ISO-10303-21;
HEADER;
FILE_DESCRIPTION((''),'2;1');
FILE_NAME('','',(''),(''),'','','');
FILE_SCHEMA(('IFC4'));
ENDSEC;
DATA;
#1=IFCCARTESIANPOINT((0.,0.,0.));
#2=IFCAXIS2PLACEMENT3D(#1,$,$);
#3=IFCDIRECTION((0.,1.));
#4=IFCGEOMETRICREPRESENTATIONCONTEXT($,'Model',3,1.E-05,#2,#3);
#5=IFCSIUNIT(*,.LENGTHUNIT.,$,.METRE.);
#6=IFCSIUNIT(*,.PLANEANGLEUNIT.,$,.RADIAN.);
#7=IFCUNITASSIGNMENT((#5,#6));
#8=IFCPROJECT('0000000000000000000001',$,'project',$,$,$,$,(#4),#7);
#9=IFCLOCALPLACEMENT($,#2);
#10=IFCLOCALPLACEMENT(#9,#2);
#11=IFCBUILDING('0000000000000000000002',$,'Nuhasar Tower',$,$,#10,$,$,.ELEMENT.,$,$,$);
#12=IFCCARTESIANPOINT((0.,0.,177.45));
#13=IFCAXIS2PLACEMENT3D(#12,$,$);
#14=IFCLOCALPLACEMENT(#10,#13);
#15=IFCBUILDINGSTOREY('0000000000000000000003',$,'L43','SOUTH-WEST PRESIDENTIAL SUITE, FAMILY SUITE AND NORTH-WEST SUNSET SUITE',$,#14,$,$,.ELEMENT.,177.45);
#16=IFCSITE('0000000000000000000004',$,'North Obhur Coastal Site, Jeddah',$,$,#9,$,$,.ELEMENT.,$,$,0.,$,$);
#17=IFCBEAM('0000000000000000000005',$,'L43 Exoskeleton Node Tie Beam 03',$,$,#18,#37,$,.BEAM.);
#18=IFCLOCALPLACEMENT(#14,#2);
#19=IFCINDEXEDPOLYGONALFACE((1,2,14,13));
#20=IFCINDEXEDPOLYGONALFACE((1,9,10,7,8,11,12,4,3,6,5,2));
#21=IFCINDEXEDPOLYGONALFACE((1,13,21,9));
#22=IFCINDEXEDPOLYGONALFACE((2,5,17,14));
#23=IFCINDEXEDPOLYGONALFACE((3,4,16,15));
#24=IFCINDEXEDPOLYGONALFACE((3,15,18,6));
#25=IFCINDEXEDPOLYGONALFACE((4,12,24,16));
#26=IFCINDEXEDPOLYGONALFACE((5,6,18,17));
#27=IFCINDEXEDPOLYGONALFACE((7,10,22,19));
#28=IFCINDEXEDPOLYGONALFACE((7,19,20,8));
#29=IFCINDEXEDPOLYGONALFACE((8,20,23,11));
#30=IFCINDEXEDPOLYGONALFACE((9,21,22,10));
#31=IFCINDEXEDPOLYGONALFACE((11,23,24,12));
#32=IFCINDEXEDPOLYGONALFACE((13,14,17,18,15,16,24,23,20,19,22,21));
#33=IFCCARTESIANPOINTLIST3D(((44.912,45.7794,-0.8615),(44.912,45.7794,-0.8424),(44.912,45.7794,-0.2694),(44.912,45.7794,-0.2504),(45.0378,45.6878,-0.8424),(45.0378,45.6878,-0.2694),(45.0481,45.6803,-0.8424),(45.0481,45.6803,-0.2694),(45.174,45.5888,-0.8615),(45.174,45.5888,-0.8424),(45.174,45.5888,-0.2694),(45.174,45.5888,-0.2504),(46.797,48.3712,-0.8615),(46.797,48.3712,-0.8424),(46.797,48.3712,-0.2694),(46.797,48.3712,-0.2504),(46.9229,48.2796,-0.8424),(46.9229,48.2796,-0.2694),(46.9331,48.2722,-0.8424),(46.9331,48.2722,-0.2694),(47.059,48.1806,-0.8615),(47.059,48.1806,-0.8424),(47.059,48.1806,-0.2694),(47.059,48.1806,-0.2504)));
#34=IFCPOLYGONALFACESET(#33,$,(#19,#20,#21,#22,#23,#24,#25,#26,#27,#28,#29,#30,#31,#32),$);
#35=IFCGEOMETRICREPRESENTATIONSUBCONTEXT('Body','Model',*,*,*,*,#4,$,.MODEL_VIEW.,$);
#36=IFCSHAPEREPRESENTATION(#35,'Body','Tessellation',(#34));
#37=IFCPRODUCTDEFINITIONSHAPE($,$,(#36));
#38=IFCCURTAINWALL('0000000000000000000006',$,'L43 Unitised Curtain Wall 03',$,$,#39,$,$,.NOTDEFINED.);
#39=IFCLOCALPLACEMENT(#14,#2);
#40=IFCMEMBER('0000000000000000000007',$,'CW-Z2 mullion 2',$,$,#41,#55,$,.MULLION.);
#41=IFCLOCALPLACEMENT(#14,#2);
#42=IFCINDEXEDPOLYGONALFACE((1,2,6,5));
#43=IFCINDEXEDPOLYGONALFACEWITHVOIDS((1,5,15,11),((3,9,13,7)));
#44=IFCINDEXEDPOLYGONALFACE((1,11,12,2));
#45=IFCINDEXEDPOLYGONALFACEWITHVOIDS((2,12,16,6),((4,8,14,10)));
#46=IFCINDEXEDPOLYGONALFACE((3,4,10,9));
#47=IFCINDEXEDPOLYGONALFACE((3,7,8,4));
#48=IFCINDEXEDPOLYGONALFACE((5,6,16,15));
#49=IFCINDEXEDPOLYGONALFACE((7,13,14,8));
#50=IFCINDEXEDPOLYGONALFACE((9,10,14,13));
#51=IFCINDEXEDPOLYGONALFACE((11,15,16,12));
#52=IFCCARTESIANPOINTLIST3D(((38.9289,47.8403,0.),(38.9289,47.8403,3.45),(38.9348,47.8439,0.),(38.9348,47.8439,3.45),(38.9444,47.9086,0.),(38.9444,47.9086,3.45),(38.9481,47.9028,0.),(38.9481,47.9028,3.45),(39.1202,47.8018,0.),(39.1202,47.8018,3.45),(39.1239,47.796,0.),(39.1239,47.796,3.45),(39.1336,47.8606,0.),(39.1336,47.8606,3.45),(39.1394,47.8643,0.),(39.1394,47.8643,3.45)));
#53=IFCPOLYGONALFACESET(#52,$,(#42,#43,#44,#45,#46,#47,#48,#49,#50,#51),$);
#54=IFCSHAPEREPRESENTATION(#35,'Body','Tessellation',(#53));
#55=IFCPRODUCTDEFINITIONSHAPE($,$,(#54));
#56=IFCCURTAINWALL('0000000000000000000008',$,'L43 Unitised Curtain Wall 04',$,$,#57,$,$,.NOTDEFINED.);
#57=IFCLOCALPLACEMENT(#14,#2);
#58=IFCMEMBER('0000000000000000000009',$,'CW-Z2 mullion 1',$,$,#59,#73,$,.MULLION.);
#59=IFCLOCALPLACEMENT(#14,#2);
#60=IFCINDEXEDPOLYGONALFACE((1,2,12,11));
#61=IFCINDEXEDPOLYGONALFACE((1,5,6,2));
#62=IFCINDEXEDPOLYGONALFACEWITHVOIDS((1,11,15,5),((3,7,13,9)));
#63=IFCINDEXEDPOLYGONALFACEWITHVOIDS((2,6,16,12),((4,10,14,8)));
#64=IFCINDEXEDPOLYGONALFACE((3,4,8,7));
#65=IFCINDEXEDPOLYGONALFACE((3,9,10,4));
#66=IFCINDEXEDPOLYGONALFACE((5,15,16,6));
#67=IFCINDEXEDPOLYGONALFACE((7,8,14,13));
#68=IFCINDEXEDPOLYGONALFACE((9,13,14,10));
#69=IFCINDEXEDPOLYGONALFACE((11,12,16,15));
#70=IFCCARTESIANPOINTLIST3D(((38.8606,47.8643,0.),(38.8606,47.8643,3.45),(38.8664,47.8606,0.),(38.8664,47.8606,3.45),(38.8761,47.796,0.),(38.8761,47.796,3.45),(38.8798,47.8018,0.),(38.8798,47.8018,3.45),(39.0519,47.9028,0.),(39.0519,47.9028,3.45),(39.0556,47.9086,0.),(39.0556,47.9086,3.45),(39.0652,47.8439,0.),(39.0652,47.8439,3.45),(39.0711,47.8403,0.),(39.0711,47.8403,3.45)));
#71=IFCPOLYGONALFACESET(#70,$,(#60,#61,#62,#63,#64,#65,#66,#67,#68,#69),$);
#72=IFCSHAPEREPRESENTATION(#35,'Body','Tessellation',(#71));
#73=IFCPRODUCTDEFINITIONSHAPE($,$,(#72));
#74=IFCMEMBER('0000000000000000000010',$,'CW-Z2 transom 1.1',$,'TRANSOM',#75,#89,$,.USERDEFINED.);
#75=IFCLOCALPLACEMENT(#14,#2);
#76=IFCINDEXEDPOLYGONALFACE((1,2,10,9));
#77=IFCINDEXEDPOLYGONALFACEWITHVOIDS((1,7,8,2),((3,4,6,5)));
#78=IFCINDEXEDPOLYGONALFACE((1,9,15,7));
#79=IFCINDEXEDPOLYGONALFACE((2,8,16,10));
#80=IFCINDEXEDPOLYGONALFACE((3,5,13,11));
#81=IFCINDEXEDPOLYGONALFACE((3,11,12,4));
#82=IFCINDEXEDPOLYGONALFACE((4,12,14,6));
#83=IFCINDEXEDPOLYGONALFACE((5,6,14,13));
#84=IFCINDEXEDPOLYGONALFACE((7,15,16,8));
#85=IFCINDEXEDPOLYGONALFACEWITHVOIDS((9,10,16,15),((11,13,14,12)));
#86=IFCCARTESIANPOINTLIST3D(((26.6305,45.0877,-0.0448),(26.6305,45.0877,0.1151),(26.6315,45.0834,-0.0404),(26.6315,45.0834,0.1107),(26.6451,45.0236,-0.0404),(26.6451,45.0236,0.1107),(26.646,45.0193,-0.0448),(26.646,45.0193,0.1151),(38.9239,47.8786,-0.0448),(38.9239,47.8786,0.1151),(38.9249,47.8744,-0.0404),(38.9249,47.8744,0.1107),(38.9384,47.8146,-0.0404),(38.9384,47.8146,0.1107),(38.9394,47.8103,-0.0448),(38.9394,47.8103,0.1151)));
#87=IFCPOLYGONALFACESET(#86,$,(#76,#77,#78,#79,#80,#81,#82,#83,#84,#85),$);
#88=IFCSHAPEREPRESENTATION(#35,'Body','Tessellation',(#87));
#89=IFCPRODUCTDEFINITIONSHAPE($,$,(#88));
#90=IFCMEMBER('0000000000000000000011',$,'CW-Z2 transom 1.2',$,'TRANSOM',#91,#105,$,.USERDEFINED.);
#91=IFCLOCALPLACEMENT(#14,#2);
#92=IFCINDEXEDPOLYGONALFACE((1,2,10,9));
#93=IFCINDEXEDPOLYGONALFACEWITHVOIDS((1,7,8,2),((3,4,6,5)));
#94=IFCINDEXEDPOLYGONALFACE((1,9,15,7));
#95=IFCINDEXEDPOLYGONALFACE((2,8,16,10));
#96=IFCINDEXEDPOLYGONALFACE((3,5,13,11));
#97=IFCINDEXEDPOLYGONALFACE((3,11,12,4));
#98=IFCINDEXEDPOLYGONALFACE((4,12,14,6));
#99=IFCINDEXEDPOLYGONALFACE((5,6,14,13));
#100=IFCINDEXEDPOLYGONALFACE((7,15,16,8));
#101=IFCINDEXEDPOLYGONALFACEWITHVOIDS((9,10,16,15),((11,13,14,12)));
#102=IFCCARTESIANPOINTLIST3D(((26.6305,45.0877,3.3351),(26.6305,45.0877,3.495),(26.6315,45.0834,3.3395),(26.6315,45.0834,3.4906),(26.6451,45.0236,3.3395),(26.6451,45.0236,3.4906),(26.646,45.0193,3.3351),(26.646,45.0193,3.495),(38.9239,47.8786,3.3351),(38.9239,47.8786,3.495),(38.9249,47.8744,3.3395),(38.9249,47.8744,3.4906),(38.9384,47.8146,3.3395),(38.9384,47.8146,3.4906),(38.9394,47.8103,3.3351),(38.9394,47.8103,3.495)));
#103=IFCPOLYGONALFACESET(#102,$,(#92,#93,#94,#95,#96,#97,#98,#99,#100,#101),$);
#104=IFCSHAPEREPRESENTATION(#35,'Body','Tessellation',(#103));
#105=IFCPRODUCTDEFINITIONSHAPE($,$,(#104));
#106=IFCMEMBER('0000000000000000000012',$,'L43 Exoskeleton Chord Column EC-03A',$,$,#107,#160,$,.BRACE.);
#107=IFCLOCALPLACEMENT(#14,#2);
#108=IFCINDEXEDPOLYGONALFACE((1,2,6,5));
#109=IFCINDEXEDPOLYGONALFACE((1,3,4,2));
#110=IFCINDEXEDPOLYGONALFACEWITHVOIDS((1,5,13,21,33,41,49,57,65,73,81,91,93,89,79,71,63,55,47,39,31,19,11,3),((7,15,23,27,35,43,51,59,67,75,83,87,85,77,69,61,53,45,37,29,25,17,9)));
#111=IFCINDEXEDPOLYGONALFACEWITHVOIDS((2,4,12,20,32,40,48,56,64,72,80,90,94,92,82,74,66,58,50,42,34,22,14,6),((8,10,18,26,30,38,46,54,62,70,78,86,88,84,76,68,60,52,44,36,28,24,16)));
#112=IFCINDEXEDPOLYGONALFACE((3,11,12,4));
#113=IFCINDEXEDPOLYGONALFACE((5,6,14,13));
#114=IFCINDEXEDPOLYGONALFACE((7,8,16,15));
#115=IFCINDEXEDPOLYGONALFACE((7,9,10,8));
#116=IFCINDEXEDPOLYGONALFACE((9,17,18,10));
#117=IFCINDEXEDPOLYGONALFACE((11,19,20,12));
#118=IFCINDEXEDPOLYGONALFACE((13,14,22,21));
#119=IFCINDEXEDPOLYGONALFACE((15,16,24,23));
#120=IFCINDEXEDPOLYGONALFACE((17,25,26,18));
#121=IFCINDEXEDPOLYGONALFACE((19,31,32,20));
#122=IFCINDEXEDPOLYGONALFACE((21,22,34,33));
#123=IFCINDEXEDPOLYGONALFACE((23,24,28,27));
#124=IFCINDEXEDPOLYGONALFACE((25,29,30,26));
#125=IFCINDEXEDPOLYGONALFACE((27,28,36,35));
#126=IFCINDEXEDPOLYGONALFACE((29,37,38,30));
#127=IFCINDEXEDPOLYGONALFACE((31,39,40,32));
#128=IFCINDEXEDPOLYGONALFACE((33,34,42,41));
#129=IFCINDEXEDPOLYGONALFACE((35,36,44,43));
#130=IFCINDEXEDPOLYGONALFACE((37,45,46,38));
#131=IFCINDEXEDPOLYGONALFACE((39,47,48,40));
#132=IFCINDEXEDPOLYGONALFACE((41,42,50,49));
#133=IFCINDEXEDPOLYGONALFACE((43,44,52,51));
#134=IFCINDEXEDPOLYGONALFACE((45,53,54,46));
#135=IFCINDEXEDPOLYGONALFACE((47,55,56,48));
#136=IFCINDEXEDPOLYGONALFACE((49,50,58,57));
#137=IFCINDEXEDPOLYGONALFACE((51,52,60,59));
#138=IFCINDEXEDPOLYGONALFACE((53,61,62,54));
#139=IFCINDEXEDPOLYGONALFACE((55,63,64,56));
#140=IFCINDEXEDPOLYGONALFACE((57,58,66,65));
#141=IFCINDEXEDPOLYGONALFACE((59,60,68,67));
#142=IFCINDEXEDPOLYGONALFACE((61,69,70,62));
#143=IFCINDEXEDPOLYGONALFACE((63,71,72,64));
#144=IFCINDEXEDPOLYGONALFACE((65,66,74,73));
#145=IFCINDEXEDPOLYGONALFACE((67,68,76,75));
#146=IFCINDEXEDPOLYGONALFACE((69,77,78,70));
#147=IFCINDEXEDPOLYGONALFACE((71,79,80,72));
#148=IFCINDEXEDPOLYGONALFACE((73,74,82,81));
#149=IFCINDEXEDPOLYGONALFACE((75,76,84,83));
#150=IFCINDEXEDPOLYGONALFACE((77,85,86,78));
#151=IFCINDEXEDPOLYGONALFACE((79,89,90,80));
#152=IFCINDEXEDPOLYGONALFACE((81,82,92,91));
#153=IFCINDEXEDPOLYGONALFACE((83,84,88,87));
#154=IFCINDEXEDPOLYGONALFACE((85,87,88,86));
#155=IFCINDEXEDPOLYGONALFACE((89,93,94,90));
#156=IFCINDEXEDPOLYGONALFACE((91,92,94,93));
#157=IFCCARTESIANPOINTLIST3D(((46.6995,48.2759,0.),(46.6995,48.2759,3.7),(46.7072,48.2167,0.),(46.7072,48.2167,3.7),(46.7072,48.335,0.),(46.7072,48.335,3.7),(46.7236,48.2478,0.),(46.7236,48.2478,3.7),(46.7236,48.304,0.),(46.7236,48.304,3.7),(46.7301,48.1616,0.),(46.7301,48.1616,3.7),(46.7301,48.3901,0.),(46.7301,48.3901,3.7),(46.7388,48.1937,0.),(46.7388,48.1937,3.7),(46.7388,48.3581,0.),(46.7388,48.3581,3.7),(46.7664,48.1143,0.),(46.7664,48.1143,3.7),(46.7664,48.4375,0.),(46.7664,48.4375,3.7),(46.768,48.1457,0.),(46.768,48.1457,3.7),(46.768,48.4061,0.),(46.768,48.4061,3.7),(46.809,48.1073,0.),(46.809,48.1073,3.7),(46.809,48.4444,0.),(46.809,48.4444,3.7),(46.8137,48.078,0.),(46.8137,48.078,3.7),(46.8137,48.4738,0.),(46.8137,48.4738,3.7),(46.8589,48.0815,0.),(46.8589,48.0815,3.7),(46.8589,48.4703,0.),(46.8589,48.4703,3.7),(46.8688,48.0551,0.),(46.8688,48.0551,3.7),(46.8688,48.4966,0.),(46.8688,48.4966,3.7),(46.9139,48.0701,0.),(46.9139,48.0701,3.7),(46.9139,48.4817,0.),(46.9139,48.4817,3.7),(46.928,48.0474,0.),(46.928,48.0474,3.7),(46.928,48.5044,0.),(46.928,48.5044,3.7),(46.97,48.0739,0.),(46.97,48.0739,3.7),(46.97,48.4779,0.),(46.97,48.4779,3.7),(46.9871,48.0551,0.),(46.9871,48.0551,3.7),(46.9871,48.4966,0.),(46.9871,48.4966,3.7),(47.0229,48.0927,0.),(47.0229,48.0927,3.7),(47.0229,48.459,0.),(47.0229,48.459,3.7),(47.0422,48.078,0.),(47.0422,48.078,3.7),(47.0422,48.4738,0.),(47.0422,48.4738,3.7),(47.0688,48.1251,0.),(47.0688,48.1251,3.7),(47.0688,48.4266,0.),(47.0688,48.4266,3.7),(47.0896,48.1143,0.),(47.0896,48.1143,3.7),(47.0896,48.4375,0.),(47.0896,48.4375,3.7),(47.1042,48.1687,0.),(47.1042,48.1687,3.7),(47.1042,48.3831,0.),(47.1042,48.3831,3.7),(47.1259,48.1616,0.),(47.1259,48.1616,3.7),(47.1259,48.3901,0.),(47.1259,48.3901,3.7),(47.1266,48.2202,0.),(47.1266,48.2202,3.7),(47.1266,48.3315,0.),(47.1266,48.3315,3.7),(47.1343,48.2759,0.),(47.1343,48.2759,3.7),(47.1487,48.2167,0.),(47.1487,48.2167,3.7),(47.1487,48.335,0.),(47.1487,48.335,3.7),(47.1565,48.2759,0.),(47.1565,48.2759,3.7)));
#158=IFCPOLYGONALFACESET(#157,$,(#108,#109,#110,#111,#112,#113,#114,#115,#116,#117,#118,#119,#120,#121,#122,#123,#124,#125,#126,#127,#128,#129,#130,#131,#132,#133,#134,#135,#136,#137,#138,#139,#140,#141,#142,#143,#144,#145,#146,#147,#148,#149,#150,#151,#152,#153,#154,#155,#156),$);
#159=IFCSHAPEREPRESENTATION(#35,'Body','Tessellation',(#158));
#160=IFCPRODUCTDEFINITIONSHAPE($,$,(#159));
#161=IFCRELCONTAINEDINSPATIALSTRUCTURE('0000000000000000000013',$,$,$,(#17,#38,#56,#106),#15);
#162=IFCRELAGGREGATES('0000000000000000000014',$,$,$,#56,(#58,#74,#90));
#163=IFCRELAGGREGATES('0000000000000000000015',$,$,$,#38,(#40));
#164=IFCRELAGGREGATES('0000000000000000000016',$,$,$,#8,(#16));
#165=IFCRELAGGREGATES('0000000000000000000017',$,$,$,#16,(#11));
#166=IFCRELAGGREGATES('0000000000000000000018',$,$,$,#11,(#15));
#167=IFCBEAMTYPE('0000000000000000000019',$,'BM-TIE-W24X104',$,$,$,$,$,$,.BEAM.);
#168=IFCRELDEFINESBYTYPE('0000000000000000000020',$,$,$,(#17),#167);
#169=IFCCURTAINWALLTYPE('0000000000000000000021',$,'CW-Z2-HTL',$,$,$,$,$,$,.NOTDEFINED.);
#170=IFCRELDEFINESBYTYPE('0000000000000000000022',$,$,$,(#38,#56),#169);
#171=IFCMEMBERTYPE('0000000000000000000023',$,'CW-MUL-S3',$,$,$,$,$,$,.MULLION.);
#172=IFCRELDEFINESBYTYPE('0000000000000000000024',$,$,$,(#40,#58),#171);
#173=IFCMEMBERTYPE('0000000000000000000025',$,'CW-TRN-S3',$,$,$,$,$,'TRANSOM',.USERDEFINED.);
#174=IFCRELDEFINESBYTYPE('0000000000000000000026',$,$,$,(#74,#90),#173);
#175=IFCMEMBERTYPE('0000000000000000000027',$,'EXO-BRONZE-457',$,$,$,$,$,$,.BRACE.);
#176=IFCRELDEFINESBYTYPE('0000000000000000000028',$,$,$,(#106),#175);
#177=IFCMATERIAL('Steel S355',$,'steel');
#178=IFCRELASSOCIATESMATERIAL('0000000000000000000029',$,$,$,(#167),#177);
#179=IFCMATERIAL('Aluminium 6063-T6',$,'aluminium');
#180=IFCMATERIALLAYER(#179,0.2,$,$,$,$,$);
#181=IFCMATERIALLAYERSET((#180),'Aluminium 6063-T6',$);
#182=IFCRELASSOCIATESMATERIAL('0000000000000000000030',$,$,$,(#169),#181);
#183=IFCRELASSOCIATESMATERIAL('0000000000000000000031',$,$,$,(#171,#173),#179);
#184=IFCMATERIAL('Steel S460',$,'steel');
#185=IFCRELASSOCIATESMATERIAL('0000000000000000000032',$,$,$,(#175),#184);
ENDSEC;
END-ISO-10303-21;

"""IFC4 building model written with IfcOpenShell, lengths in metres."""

from ifc_helpers import new_model, si_unit, direction, frame, origin, origin_2d, place, context, subcontext, project, spatial, hollow_rectangle, hollow_circle, i_section, extrude, material, layer, layer_set, material_profile, profile_set, type_object, element, aggregate, save


model = new_model("IFC4")

# Units and contexts
model_context = context("Model", 3, precision=1e-05, world=origin(), true_north=direction((0.0, 1.0)))
body_context = subcontext(model_context, "Body", "Model", "MODEL_VIEW")
ifc_project = project(units=[si_unit("LENGTHUNIT", "METRE"), si_unit("PLANEANGLEUNIT", "RADIAN")], contexts=[model_context])

# Site, building, storey
site_placement = place(None, origin())
site = spatial("IfcSite", under=ifc_project, at=site_placement, Name="North Obhur Coastal Site, Jeddah", CompositionType="ELEMENT", RefElevation=0.0)
building_placement = place(site_placement, origin())
building = spatial("IfcBuilding", under=site, at=building_placement, Name="Nuhasar Tower", CompositionType="ELEMENT")
storey_placement = place(building_placement, frame((0.0, 0.0, 177.45)))
storey = spatial("IfcBuildingStorey", under=building, at=storey_placement, Name="L43", Description="SOUTH-WEST PRESIDENTIAL SUITE, FAMILY SUITE AND NORTH-WEST SUNSET SUITE", CompositionType="ELEMENT", Elevation=177.45)

# Beam
ifc_material_1 = material(Name="Steel S355", Category="steel")
ifc_material_profile_1 = material_profile(ifc_material_1, i_section(OverallWidth=0.324, OverallDepth=0.6111, WebThickness=0.0127, FlangeThickness=0.019, at=origin_2d()), Name="W24X104")
ifc_profile_set_1 = profile_set([ifc_material_profile_1], Name="Steel S355")
beam_type_1 = type_object("IfcBeamType", Name="BM-TIE-W24X104", PredefinedType="BEAM", material=ifc_profile_set_1)
beam_1_placement = place(storey_placement, frame((45.043, 45.6841, -0.5559), z_axis=(0.588185, 0.808726, 0.0), x_axis=(-0.808726, 0.588185, 0.0)))
element("IfcBeam", 1, at=beam_1_placement, inside=storey, type_object=beam_type_1, Name="L43 Exoskeleton Node Tie Beam 03", PredefinedType="BEAM", context=body_context, shape_type="SweptSolid", body=[
    extrude(i_section(OverallWidth=0.324, OverallDepth=0.6111, WebThickness=0.0127, FlangeThickness=0.019, at=origin_2d()), origin(), (0.0, 0.0, 1.0), 3.2048),
])

# Curtain wall, member
ifc_material_2 = material(Name="Aluminium 6063-T6", Category="aluminium")
ifc_layer_1 = layer(ifc_material_2, 0.2)
ifc_layer_set_1 = layer_set([ifc_layer_1], Name="Aluminium 6063-T6")
curtain_wall_type = type_object("IfcCurtainWallType", Name="CW-Z2-HTL", PredefinedType="NOTDEFINED", material=ifc_layer_set_1)
curtain_wall_1_placement = place(storey_placement, origin())
curtain_wall_1 = element("IfcCurtainWall", 2, at=curtain_wall_1_placement, inside=storey, type_object=curtain_wall_type, Name="L43 Unitised Curtain Wall 03", PredefinedType="NOTDEFINED")
ifc_material_profile_2 = material_profile(ifc_material_2, hollow_rectangle(XDim=0.0701, YDim=0.2, WallThickness=0.0049, at=origin_2d()), Name="CWM-3")
ifc_profile_set_2 = profile_set([ifc_material_profile_2], Name="Aluminium 6063-T6")
member_type_1 = type_object("IfcMemberType", Name="CW-MUL-S3", PredefinedType="MULLION", material=ifc_profile_set_2)
member_1_placement = place(storey_placement, frame((39.0342, 47.8523, 0.0), z_axis=(0.0, 0.0, 1.0), x_axis=(-0.221397, -0.975184, 0.0)))
member_1 = element("IfcMember", 3, at=member_1_placement, type_object=member_type_1, Name="CW-Z2 mullion 2", PredefinedType="MULLION", context=body_context, shape_type="SweptSolid", body=[
    extrude(hollow_rectangle(XDim=0.0701, YDim=0.2, WallThickness=0.0049, at=origin_2d()), origin(), (0.0, 0.0, 1.0), 3.45),
])

# Curtain wall, members
curtain_wall_2_placement = place(storey_placement, origin())
curtain_wall_2 = element("IfcCurtainWall", 4, at=curtain_wall_2_placement, inside=storey, type_object=curtain_wall_type, Name="L43 Unitised Curtain Wall 04", PredefinedType="NOTDEFINED")
member_2_placement = place(storey_placement, frame((38.9658, 47.8523, 0.0), z_axis=(0.0, 0.0, 1.0), x_axis=(0.221397, -0.975184, 0.0)))
member_2 = element("IfcMember", 5, at=member_2_placement, type_object=member_type_1, Name="CW-Z2 mullion 1", PredefinedType="MULLION", context=body_context, shape_type="SweptSolid", body=[
    extrude(hollow_rectangle(XDim=0.0701, YDim=0.2, WallThickness=0.0049, at=origin_2d()), origin(), (0.0, 0.0, 1.0), 3.45),
])
ifc_material_profile_3 = material_profile(ifc_material_2, hollow_rectangle(XDim=0.0701, YDim=0.1599, WallThickness=0.0044, at=origin_2d()), Name="CWT-3")
ifc_profile_set_3 = profile_set([ifc_material_profile_3], Name="Aluminium 6063-T6")
member_type_2 = type_object("IfcMemberType", Name="CW-TRN-S3", ElementType="TRANSOM", PredefinedType="USERDEFINED", material=ifc_profile_set_3)
member_3_placement = place(storey_placement, frame((38.9316, 47.8445, 0.0352), z_axis=(-0.975183, -0.221398, 0.0), x_axis=(0.221398, -0.975183, 0.0)))
member_3 = element("IfcMember", 6, at=member_3_placement, type_object=member_type_2, Name="CW-Z2 transom 1.1", ObjectType="TRANSOM", PredefinedType="USERDEFINED", context=body_context, shape_type="SweptSolid", body=[
    extrude(hollow_rectangle(XDim=0.0701, YDim=0.1599, WallThickness=0.0044, at=origin_2d()), origin(), (0.0, 0.0, 1.0), 12.6062),
])
member_4_placement = place(storey_placement, frame((38.9316, 47.8445, 3.415), z_axis=(-0.975183, -0.221398, 0.0), x_axis=(0.221398, -0.975183, 0.0)))
member_4 = element("IfcMember", 7, at=member_4_placement, type_object=member_type_2, Name="CW-Z2 transom 1.2", ObjectType="TRANSOM", PredefinedType="USERDEFINED", context=body_context, shape_type="SweptSolid", body=[
    extrude(hollow_rectangle(XDim=0.0701, YDim=0.1599, WallThickness=0.0044, at=origin_2d()), origin(), (0.0, 0.0, 1.0), 12.6062),
])
aggregate(curtain_wall_2, [member_2, member_3, member_4])

# Member
ifc_material_3 = material(Name="Steel S460", Category="steel")
ifc_material_profile_4 = material_profile(ifc_material_3, hollow_circle(Radius=0.2285, WallThickness=0.0222, at=origin_2d()), Name="HSS457X22.2")
ifc_profile_set_4 = profile_set([ifc_material_profile_4], Name="Steel S460")
member_type_3 = type_object("IfcMemberType", Name="EXO-BRONZE-457", PredefinedType="BRACE", material=ifc_profile_set_4)
for number, where, z_axis, x_axis, name in (
    (8, (46.928, 48.2759, 0.0), (0.0, 0.0, 1.0), (1.0, 0.0, 0.0), "L43 Exoskeleton Chord Column EC-03A"),
):
    element("IfcMember", number, at=place(storey_placement, frame(where, z_axis=z_axis, x_axis=x_axis)), inside=storey, type_object=member_type_3, Name=name, PredefinedType="BRACE", context=body_context, shape_type="SweptSolid", body=[
        extrude(hollow_circle(Radius=0.2285, WallThickness=0.0222, at=origin_2d()), origin(), (0.0, 0.0, 1.0), 3.7),
    ])

aggregate(curtain_wall_1, [member_1])

save(model, "model.ifc")
